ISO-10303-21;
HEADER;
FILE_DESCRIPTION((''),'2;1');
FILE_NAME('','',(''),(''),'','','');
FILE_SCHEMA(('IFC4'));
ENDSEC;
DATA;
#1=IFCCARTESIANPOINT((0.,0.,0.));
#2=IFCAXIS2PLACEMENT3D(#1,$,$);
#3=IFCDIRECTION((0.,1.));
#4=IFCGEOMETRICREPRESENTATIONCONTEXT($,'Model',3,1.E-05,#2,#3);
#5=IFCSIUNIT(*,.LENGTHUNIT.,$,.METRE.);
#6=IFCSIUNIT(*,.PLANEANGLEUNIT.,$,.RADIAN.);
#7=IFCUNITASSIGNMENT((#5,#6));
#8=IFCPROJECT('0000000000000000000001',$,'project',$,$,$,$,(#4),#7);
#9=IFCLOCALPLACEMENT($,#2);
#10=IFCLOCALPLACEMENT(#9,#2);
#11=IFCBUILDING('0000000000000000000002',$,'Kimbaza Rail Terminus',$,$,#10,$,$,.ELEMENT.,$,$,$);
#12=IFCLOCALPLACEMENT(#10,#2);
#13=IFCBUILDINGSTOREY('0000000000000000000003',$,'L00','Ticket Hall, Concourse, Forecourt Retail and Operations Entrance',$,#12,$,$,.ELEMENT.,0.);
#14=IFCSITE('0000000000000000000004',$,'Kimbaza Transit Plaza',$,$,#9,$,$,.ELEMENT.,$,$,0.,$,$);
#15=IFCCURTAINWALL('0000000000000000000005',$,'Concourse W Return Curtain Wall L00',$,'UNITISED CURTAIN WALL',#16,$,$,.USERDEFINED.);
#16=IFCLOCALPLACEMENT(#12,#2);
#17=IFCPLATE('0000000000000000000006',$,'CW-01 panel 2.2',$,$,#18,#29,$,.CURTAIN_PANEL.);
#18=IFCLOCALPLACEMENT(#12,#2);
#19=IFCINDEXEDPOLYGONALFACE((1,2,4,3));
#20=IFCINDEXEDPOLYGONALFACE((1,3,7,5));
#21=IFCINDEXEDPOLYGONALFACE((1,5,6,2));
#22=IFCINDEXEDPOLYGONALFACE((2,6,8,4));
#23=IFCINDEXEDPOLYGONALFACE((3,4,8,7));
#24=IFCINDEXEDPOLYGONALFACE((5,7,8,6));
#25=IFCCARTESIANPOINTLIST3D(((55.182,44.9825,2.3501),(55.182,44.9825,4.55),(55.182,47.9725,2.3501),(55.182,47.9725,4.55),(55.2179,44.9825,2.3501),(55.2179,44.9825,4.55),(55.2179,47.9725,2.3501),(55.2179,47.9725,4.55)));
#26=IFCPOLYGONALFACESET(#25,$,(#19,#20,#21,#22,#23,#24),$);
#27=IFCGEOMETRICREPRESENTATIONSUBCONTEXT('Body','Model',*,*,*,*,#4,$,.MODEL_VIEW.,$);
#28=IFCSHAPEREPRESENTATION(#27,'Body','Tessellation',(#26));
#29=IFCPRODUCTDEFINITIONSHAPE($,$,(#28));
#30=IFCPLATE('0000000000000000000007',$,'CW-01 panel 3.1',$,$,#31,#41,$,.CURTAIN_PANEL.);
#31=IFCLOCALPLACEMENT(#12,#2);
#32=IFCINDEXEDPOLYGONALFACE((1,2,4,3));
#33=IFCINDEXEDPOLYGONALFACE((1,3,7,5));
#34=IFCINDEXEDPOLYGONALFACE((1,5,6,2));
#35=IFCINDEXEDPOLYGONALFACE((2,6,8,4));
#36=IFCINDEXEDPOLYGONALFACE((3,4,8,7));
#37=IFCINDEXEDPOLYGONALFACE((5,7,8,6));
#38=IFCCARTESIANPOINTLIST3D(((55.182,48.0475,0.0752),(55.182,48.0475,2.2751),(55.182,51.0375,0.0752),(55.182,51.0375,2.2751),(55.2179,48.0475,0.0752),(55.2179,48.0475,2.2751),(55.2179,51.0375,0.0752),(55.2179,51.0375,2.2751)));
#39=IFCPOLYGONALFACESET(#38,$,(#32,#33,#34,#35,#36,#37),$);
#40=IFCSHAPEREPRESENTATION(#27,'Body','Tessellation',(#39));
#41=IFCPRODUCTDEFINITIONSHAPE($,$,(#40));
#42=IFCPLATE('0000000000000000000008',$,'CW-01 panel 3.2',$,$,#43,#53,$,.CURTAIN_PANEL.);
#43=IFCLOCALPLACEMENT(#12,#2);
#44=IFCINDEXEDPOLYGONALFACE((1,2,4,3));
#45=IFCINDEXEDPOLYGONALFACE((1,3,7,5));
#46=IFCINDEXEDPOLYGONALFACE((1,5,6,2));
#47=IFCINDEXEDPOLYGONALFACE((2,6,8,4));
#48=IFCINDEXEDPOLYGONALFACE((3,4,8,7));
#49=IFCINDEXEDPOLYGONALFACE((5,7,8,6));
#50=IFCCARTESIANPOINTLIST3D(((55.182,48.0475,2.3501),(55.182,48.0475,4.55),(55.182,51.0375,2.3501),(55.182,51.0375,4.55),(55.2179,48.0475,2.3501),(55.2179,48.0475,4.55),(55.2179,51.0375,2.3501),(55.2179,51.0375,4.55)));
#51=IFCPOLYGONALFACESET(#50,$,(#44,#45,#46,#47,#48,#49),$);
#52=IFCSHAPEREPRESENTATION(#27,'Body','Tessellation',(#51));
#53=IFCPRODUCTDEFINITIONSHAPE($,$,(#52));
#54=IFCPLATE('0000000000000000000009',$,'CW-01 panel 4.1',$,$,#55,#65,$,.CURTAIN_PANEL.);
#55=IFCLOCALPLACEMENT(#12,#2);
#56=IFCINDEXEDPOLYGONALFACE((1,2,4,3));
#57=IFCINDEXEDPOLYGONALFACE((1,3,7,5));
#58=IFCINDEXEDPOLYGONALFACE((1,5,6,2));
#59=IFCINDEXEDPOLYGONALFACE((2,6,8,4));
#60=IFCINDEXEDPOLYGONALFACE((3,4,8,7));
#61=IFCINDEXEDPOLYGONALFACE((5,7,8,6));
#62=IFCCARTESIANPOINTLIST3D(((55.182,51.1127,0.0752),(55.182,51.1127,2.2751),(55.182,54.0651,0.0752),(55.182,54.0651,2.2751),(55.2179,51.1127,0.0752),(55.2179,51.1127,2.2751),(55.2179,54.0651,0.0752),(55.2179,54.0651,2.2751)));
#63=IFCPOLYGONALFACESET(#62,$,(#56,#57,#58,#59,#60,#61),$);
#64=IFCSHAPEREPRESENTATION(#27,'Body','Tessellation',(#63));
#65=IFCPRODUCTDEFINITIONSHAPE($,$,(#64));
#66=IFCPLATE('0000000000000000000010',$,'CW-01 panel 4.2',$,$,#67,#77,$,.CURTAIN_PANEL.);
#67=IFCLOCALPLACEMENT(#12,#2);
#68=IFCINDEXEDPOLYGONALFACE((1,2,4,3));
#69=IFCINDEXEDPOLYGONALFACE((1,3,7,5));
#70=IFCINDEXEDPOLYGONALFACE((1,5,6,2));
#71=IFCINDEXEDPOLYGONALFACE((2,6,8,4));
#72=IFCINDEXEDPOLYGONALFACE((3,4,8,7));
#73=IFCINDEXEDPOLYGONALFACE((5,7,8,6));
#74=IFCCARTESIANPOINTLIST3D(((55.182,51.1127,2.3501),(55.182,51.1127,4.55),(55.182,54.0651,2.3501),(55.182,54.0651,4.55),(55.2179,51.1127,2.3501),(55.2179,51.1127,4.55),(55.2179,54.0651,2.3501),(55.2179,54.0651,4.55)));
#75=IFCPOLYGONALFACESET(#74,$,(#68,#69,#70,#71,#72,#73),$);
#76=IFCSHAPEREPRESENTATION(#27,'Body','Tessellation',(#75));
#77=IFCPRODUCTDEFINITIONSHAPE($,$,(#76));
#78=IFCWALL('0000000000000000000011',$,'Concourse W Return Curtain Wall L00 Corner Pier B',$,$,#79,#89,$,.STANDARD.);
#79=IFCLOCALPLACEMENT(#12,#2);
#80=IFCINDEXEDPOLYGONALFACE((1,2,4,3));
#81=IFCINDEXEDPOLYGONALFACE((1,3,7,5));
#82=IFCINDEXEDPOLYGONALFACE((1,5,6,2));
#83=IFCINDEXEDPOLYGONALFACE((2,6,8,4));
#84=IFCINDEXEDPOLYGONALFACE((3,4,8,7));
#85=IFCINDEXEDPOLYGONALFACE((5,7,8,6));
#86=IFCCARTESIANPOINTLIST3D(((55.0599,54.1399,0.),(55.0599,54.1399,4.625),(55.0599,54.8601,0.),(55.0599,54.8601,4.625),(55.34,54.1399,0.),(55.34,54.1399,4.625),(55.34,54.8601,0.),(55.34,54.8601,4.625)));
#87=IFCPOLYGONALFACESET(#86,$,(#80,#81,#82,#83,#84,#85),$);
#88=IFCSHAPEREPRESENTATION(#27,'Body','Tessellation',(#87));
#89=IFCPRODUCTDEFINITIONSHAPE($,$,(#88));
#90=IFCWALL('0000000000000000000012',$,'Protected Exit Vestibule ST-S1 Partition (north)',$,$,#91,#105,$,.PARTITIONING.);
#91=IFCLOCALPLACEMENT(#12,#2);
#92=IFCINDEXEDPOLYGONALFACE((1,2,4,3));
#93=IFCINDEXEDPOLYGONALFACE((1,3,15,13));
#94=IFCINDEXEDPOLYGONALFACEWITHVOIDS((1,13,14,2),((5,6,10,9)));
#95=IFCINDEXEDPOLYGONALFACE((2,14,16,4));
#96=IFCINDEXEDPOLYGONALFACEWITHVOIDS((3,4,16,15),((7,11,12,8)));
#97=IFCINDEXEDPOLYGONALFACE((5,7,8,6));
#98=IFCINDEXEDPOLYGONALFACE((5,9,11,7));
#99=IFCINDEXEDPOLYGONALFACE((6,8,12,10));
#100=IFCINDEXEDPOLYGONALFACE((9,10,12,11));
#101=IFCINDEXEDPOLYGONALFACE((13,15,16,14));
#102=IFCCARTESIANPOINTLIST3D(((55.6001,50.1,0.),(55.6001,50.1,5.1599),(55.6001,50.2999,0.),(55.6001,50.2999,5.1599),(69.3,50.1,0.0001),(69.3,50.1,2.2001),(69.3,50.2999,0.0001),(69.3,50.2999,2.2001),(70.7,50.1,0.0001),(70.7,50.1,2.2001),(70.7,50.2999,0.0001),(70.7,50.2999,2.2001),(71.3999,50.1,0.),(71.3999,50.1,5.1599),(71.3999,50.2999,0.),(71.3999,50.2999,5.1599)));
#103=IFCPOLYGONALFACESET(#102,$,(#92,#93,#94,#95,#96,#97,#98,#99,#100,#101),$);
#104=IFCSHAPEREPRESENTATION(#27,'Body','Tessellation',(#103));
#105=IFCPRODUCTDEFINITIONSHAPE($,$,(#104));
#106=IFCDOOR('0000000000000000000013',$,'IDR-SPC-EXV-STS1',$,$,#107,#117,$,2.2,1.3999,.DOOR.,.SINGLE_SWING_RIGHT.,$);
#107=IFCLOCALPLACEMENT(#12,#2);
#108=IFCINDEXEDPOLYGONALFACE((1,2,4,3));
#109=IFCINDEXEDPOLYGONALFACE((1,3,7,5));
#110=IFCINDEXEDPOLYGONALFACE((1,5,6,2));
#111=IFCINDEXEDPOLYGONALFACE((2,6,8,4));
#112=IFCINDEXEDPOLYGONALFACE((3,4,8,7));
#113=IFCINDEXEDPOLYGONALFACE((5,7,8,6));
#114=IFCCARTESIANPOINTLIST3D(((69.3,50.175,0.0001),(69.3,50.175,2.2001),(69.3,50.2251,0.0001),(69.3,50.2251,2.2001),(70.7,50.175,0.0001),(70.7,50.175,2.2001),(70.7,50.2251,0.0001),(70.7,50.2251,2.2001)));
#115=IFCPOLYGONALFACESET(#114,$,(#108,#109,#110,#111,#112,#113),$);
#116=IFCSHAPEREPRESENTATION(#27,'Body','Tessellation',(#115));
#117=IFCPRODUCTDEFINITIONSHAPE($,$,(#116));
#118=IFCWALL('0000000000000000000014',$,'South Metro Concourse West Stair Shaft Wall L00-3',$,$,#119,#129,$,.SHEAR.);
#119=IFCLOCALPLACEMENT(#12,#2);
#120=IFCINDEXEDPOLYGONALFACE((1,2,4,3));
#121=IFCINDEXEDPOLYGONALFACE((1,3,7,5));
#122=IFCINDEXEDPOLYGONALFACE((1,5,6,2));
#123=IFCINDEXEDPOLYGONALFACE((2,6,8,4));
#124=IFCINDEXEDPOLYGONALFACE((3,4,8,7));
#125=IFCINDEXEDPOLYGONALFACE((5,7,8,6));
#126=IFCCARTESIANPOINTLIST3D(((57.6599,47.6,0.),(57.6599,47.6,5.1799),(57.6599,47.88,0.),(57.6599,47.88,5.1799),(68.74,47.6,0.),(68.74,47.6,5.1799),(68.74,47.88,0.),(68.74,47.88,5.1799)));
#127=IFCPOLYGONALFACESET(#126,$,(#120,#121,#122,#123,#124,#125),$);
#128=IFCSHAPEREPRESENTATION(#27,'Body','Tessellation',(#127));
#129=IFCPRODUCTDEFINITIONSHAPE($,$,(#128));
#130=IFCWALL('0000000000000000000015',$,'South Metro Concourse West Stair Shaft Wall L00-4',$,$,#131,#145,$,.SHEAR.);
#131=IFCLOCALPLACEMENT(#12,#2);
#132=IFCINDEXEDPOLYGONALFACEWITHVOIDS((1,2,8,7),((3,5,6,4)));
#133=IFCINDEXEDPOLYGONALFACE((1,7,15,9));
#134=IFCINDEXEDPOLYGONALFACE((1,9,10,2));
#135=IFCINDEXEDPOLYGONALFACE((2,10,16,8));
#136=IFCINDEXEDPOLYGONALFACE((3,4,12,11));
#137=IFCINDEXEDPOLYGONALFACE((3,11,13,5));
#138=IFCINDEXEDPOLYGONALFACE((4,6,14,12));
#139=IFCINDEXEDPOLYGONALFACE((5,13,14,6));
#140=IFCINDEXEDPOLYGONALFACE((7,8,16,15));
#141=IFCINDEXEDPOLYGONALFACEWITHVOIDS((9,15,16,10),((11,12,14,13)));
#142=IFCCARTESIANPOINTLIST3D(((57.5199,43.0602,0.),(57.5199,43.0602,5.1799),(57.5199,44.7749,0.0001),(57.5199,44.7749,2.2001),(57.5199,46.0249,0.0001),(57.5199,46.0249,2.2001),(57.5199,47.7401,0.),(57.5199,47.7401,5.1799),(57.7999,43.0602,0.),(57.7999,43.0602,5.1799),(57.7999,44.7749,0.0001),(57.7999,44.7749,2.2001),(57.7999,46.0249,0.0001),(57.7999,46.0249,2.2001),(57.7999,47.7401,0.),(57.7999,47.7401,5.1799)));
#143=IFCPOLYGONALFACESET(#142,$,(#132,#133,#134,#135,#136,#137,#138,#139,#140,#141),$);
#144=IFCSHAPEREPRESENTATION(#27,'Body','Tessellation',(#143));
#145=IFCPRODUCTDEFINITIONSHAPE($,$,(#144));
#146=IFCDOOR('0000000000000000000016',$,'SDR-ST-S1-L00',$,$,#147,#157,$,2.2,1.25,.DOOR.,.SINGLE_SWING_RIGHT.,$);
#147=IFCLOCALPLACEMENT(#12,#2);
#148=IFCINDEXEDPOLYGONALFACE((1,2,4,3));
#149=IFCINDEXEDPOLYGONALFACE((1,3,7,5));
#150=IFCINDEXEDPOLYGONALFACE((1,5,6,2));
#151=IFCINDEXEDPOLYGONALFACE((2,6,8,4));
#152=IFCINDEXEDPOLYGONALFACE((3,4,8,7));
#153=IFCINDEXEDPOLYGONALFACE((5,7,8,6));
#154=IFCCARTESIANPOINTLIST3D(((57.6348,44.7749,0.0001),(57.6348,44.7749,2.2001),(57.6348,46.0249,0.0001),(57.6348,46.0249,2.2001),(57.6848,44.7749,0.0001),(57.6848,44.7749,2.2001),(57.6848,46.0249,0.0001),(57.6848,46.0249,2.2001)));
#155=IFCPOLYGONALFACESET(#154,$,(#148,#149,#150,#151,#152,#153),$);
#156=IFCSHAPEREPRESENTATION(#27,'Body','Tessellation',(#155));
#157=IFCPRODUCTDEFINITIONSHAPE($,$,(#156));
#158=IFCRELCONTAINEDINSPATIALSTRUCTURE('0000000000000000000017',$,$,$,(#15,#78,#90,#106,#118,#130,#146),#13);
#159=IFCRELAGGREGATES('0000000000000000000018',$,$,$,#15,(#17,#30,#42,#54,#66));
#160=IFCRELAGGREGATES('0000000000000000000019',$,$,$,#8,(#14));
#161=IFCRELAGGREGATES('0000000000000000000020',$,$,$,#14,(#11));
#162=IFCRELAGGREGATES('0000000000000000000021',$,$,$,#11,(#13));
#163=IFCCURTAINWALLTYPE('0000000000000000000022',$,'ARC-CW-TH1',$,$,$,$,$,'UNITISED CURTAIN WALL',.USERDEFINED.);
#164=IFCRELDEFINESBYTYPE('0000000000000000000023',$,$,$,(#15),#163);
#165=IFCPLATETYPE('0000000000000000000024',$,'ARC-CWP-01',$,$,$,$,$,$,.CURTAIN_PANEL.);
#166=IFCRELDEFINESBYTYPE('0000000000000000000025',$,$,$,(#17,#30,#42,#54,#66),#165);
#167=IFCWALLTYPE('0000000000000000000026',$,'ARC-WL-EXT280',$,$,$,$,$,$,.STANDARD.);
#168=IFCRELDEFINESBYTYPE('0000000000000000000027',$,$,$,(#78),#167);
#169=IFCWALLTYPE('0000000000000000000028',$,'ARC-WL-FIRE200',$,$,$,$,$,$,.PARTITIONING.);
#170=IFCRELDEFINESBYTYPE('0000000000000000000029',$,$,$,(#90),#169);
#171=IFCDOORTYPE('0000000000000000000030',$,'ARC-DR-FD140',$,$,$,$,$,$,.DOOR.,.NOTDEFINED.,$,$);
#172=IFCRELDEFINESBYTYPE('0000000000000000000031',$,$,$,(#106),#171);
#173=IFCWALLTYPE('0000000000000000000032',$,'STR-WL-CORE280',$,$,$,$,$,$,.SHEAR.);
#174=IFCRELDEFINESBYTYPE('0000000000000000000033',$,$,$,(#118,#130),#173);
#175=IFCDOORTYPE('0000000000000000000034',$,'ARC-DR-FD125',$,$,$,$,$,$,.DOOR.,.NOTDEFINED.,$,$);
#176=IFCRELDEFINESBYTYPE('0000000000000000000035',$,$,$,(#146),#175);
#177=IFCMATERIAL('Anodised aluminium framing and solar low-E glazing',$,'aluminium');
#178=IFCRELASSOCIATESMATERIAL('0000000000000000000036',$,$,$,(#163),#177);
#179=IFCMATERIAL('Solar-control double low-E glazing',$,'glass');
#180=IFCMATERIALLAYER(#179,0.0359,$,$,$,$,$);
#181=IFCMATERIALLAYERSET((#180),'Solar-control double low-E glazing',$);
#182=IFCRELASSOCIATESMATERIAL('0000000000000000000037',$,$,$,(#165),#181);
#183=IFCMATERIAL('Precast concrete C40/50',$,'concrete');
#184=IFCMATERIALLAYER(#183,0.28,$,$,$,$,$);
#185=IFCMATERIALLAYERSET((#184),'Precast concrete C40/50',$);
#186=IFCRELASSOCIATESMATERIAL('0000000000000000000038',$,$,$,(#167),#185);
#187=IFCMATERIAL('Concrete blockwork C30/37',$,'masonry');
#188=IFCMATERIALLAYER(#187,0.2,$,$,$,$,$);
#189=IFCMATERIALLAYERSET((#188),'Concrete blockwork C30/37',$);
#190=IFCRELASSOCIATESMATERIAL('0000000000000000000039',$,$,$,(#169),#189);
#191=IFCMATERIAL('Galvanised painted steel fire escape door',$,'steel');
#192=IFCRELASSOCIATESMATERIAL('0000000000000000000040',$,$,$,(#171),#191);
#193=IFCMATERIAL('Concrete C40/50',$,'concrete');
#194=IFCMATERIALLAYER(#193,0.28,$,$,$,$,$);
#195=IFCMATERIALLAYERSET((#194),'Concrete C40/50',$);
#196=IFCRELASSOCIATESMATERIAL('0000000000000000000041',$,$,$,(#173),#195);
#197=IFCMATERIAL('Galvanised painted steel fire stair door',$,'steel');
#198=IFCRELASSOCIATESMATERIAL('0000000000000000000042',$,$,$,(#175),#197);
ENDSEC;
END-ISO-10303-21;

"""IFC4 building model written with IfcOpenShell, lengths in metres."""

from ifc_helpers import new_model, si_unit, direction, frame, frame_2d, origin, origin_2d, place, context, subcontext, project, spatial, rectangle, extrude, material, layer, layer_set, type_object, element, fill, aggregate, save


model = new_model("IFC4")

# Units and contexts
model_context = context("Model", 3, precision=1e-05, world=origin(), true_north=direction((0.0, 1.0)))
body_context = subcontext(model_context, "Body", "Model", "MODEL_VIEW")
ifc_project = project(units=[si_unit("LENGTHUNIT", "METRE"), si_unit("PLANEANGLEUNIT", "RADIAN")], contexts=[model_context])

# Site, building, storey
site_placement = place(None, origin())
site = spatial("IfcSite", under=ifc_project, at=site_placement, Name="Kimbaza Transit Plaza", CompositionType="ELEMENT", RefElevation=0.0)
building_placement = place(site_placement, origin())
building = spatial("IfcBuilding", under=site, at=building_placement, Name="Kimbaza Rail Terminus", CompositionType="ELEMENT")
storey_placement = place(building_placement, origin())
storey = spatial("IfcBuildingStorey", under=building, at=storey_placement, Name="L00", Description="Ticket Hall, Concourse, Forecourt Retail and Operations Entrance", CompositionType="ELEMENT", Elevation=0.0)

# Curtain wall, plates
ifc_material_1 = material(Name="Anodised aluminium framing and solar low-E glazing", Category="aluminium")
curtain_wall_type = type_object("IfcCurtainWallType", Name="ARC-CW-TH1", ElementType="UNITISED CURTAIN WALL", PredefinedType="USERDEFINED", material=ifc_material_1)
curtain_wall_placement = place(storey_placement, origin())
curtain_wall = element("IfcCurtainWall", 1, at=curtain_wall_placement, inside=storey, type_object=curtain_wall_type, Name="Concourse W Return Curtain Wall L00", ObjectType="UNITISED CURTAIN WALL", PredefinedType="USERDEFINED")
ifc_material_2 = material(Name="Solar-control double low-E glazing", Category="glass")
ifc_layer_1 = layer(ifc_material_2, 0.0359)
ifc_layer_set_1 = layer_set([ifc_layer_1], Name="Solar-control double low-E glazing")
plate_type = type_object("IfcPlateType", Name="ARC-CWP-01", PredefinedType="CURTAIN_PANEL", material=ifc_layer_set_1)
plate_1_placement = place(storey_placement, frame((55.2, 46.4775, 2.3501), z_axis=(0.0, 0.0, 1.0), x_axis=(0.0, 1.0, 0.0)))
plate_1 = element("IfcPlate", 2, at=plate_1_placement, type_object=plate_type, Name="CW-01 panel 2.2", PredefinedType="CURTAIN_PANEL", context=body_context, shape_type="SweptSolid", body=[
    extrude(rectangle(XDim=2.99, YDim=0.0359, at=origin_2d()), origin(), (0.0, 0.0, 1.0), 2.2),
])
plate_2_placement = place(storey_placement, frame((55.2, 49.5425, 0.0752), z_axis=(0.0, 0.0, 1.0), x_axis=(0.0, 1.0, 0.0)))
plate_2 = element("IfcPlate", 3, at=plate_2_placement, type_object=plate_type, Name="CW-01 panel 3.1", PredefinedType="CURTAIN_PANEL", context=body_context, shape_type="SweptSolid", body=[
    extrude(rectangle(XDim=2.99, YDim=0.0359, at=origin_2d()), origin(), (0.0, 0.0, 1.0), 2.2),
])
plate_3_placement = place(storey_placement, frame((55.2, 49.5425, 2.3501), z_axis=(0.0, 0.0, 1.0), x_axis=(0.0, 1.0, 0.0)))
plate_3 = element("IfcPlate", 4, at=plate_3_placement, type_object=plate_type, Name="CW-01 panel 3.2", PredefinedType="CURTAIN_PANEL", context=body_context, shape_type="SweptSolid", body=[
    extrude(rectangle(XDim=2.99, YDim=0.0359, at=origin_2d()), origin(), (0.0, 0.0, 1.0), 2.2),
])
plate_4_placement = place(storey_placement, frame((55.2, 52.5889, 0.0752), z_axis=(0.0, 0.0, 1.0), x_axis=(0.0, 1.0, 0.0)))
plate_4 = element("IfcPlate", 5, at=plate_4_placement, type_object=plate_type, Name="CW-01 panel 4.1", PredefinedType="CURTAIN_PANEL", context=body_context, shape_type="SweptSolid", body=[
    extrude(rectangle(XDim=2.9524, YDim=0.0359, at=origin_2d()), origin(), (0.0, 0.0, 1.0), 2.2),
])
plate_5_placement = place(storey_placement, frame((55.2, 52.5889, 2.3501), z_axis=(0.0, 0.0, 1.0), x_axis=(0.0, 1.0, 0.0)))
plate_5 = element("IfcPlate", 6, at=plate_5_placement, type_object=plate_type, Name="CW-01 panel 4.2", PredefinedType="CURTAIN_PANEL", context=body_context, shape_type="SweptSolid", body=[
    extrude(rectangle(XDim=2.9524, YDim=0.0359, at=origin_2d()), origin(), (0.0, 0.0, 1.0), 2.2),
])
aggregate(curtain_wall, [plate_1, plate_2, plate_3, plate_4, plate_5])

# Wall
ifc_material_3 = material(Name="Precast concrete C40/50", Category="concrete")
ifc_layer_2 = layer(ifc_material_3, 0.28)
ifc_layer_set_2 = layer_set([ifc_layer_2], Name="Precast concrete C40/50")
wall_type_1 = type_object("IfcWallType", Name="ARC-WL-EXT280", PredefinedType="STANDARD", material=ifc_layer_set_2)
wall_1_placement = place(storey_placement, frame((55.2, 54.1399, 0.0), z_axis=(0.0, 0.0, 1.0), x_axis=(0.0, 1.0, 0.0)))
element("IfcWall", 7, at=wall_1_placement, inside=storey, type_object=wall_type_1, Name="Concourse W Return Curtain Wall L00 Corner Pier B", PredefinedType="STANDARD", context=body_context, shape_type="SweptSolid", body=[
    extrude(rectangle(XDim=0.7202, YDim=0.28, at=frame_2d((0.3601, 0.0))), origin(), (0.0, 0.0, 1.0), 4.625),
])

# Wall, opening, door
ifc_material_4 = material(Name="Concrete blockwork C30/37", Category="masonry")
ifc_layer_3 = layer(ifc_material_4, 0.2)
ifc_layer_set_3 = layer_set([ifc_layer_3], Name="Concrete blockwork C30/37")
wall_type_2 = type_object("IfcWallType", Name="ARC-WL-FIRE200", PredefinedType="PARTITIONING", material=ifc_layer_set_3)
wall_2_placement = place(storey_placement, frame((71.3999, 50.2, 0.0), z_axis=(0.0, 0.0, 1.0), x_axis=(-1.0, 0.0, 0.0)))
wall_2 = element("IfcWall", 8, at=wall_2_placement, inside=storey, type_object=wall_type_2, Name="Protected Exit Vestibule ST-S1 Partition (north)", PredefinedType="PARTITIONING", context=body_context, shape_type="SweptSolid", body=[
    extrude(rectangle(XDim=15.7998, YDim=0.2, at=frame_2d((7.8999, 0.0))), origin(), (0.0, 0.0, 1.0), 5.1599),
])
opening_1_placement = place(wall_2_placement, frame((0.7, 0.0, 0.0)))
opening_1 = element("IfcOpeningElement", 9, at=opening_1_placement, cuts=wall_2, PredefinedType="OPENING", context=body_context, shape_type="SweptSolid", body=[
    extrude(rectangle(XDim=1.3999, YDim=2.2, at=frame_2d((0.7, 1.1001))), frame((0.0, 0.1099, 0.0), z_axis=(0.0, -1.0, 0.0), x_axis=(1.0, 0.0, 0.0)), (0.0, 0.0, 1.0), 0.22),
])
ifc_material_5 = material(Name="Galvanised painted steel fire escape door", Category="steel")
door_type_1 = type_object("IfcDoorType", Name="ARC-DR-FD140", OperationType="NOTDEFINED", PredefinedType="DOOR", material=ifc_material_5)
door_1_placement = place(opening_1_placement, origin())
door_1 = element("IfcDoor", 10, at=door_1_placement, inside=storey, type_object=door_type_1, Name="IDR-SPC-EXV-STS1", OperationType="SINGLE_SWING_RIGHT", OverallHeight=2.2, OverallWidth=1.3999, PredefinedType="DOOR", context=body_context, shape_type="SweptSolid", body=[
    extrude(rectangle(XDim=1.3999, YDim=2.2, at=frame_2d((0.7, 1.1001))), frame((0.0, 0.0249, 0.0), z_axis=(0.0, -1.0, 0.0), x_axis=(1.0, 0.0, 0.0)), (0.0, 0.0, 1.0), 0.05),
])
fill(opening_1, door_1)

# Wall
ifc_material_6 = material(Name="Concrete C40/50", Category="concrete")
ifc_layer_4 = layer(ifc_material_6, 0.28)
ifc_layer_set_4 = layer_set([ifc_layer_4], Name="Concrete C40/50")
wall_type_3 = type_object("IfcWallType", Name="STR-WL-CORE280", PredefinedType="SHEAR", material=ifc_layer_set_4)
wall_3_placement = place(storey_placement, frame((68.74, 47.74, 0.0), z_axis=(0.0, 0.0, 1.0), x_axis=(-1.0, 0.0, 0.0)))
element("IfcWall", 11, at=wall_3_placement, inside=storey, type_object=wall_type_3, Name="South Metro Concourse West Stair Shaft Wall L00-3", PredefinedType="SHEAR", context=body_context, shape_type="SweptSolid", body=[
    extrude(rectangle(XDim=11.0801, YDim=0.28, at=frame_2d((5.54, 0.0))), origin(), (0.0, 0.0, 1.0), 5.1799),
])

# Wall, opening, door
wall_4_placement = place(storey_placement, frame((57.6599, 47.74, 0.0), z_axis=(0.0, 0.0, 1.0), x_axis=(0.0, -1.0, 0.0)))
wall_4 = element("IfcWall", 12, at=wall_4_placement, inside=storey, type_object=wall_type_3, Name="South Metro Concourse West Stair Shaft Wall L00-4", PredefinedType="SHEAR", context=body_context, shape_type="SweptSolid", body=[
    extrude(rectangle(XDim=4.6799, YDim=0.28, at=frame_2d((2.3398, 0.0))), origin(), (0.0, 0.0, 1.0), 5.1799),
])
opening_2_placement = place(wall_4_placement, frame((1.7151, 0.0, 0.0)))
opening_2 = element("IfcOpeningElement", 13, at=opening_2_placement, cuts=wall_4, PredefinedType="OPENING", context=body_context, shape_type="SweptSolid", body=[
    extrude(rectangle(XDim=1.25, YDim=2.2, at=frame_2d((0.625, 1.1001))), frame((0.0, 0.1499, 0.0), z_axis=(0.0, -1.0, 0.0), x_axis=(1.0, 0.0, 0.0)), (0.0, 0.0, 1.0), 0.3),
])
ifc_material_7 = material(Name="Galvanised painted steel fire stair door", Category="steel")
door_type_2 = type_object("IfcDoorType", Name="ARC-DR-FD125", OperationType="NOTDEFINED", PredefinedType="DOOR", material=ifc_material_7)
door_2_placement = place(opening_2_placement, origin())
door_2 = element("IfcDoor", 14, at=door_2_placement, inside=storey, type_object=door_type_2, Name="SDR-ST-S1-L00", OperationType="SINGLE_SWING_RIGHT", OverallHeight=2.2, OverallWidth=1.25, PredefinedType="DOOR", context=body_context, shape_type="SweptSolid", body=[
    extrude(rectangle(XDim=1.25, YDim=2.2, at=frame_2d((0.625, 1.1001))), frame((0.0, 0.0249, 0.0), z_axis=(0.0, -1.0, 0.0), x_axis=(1.0, 0.0, 0.0)), (0.0, 0.0, 1.0), 0.05),
])
fill(opening_2, door_2)

save(model, "model.ifc")
